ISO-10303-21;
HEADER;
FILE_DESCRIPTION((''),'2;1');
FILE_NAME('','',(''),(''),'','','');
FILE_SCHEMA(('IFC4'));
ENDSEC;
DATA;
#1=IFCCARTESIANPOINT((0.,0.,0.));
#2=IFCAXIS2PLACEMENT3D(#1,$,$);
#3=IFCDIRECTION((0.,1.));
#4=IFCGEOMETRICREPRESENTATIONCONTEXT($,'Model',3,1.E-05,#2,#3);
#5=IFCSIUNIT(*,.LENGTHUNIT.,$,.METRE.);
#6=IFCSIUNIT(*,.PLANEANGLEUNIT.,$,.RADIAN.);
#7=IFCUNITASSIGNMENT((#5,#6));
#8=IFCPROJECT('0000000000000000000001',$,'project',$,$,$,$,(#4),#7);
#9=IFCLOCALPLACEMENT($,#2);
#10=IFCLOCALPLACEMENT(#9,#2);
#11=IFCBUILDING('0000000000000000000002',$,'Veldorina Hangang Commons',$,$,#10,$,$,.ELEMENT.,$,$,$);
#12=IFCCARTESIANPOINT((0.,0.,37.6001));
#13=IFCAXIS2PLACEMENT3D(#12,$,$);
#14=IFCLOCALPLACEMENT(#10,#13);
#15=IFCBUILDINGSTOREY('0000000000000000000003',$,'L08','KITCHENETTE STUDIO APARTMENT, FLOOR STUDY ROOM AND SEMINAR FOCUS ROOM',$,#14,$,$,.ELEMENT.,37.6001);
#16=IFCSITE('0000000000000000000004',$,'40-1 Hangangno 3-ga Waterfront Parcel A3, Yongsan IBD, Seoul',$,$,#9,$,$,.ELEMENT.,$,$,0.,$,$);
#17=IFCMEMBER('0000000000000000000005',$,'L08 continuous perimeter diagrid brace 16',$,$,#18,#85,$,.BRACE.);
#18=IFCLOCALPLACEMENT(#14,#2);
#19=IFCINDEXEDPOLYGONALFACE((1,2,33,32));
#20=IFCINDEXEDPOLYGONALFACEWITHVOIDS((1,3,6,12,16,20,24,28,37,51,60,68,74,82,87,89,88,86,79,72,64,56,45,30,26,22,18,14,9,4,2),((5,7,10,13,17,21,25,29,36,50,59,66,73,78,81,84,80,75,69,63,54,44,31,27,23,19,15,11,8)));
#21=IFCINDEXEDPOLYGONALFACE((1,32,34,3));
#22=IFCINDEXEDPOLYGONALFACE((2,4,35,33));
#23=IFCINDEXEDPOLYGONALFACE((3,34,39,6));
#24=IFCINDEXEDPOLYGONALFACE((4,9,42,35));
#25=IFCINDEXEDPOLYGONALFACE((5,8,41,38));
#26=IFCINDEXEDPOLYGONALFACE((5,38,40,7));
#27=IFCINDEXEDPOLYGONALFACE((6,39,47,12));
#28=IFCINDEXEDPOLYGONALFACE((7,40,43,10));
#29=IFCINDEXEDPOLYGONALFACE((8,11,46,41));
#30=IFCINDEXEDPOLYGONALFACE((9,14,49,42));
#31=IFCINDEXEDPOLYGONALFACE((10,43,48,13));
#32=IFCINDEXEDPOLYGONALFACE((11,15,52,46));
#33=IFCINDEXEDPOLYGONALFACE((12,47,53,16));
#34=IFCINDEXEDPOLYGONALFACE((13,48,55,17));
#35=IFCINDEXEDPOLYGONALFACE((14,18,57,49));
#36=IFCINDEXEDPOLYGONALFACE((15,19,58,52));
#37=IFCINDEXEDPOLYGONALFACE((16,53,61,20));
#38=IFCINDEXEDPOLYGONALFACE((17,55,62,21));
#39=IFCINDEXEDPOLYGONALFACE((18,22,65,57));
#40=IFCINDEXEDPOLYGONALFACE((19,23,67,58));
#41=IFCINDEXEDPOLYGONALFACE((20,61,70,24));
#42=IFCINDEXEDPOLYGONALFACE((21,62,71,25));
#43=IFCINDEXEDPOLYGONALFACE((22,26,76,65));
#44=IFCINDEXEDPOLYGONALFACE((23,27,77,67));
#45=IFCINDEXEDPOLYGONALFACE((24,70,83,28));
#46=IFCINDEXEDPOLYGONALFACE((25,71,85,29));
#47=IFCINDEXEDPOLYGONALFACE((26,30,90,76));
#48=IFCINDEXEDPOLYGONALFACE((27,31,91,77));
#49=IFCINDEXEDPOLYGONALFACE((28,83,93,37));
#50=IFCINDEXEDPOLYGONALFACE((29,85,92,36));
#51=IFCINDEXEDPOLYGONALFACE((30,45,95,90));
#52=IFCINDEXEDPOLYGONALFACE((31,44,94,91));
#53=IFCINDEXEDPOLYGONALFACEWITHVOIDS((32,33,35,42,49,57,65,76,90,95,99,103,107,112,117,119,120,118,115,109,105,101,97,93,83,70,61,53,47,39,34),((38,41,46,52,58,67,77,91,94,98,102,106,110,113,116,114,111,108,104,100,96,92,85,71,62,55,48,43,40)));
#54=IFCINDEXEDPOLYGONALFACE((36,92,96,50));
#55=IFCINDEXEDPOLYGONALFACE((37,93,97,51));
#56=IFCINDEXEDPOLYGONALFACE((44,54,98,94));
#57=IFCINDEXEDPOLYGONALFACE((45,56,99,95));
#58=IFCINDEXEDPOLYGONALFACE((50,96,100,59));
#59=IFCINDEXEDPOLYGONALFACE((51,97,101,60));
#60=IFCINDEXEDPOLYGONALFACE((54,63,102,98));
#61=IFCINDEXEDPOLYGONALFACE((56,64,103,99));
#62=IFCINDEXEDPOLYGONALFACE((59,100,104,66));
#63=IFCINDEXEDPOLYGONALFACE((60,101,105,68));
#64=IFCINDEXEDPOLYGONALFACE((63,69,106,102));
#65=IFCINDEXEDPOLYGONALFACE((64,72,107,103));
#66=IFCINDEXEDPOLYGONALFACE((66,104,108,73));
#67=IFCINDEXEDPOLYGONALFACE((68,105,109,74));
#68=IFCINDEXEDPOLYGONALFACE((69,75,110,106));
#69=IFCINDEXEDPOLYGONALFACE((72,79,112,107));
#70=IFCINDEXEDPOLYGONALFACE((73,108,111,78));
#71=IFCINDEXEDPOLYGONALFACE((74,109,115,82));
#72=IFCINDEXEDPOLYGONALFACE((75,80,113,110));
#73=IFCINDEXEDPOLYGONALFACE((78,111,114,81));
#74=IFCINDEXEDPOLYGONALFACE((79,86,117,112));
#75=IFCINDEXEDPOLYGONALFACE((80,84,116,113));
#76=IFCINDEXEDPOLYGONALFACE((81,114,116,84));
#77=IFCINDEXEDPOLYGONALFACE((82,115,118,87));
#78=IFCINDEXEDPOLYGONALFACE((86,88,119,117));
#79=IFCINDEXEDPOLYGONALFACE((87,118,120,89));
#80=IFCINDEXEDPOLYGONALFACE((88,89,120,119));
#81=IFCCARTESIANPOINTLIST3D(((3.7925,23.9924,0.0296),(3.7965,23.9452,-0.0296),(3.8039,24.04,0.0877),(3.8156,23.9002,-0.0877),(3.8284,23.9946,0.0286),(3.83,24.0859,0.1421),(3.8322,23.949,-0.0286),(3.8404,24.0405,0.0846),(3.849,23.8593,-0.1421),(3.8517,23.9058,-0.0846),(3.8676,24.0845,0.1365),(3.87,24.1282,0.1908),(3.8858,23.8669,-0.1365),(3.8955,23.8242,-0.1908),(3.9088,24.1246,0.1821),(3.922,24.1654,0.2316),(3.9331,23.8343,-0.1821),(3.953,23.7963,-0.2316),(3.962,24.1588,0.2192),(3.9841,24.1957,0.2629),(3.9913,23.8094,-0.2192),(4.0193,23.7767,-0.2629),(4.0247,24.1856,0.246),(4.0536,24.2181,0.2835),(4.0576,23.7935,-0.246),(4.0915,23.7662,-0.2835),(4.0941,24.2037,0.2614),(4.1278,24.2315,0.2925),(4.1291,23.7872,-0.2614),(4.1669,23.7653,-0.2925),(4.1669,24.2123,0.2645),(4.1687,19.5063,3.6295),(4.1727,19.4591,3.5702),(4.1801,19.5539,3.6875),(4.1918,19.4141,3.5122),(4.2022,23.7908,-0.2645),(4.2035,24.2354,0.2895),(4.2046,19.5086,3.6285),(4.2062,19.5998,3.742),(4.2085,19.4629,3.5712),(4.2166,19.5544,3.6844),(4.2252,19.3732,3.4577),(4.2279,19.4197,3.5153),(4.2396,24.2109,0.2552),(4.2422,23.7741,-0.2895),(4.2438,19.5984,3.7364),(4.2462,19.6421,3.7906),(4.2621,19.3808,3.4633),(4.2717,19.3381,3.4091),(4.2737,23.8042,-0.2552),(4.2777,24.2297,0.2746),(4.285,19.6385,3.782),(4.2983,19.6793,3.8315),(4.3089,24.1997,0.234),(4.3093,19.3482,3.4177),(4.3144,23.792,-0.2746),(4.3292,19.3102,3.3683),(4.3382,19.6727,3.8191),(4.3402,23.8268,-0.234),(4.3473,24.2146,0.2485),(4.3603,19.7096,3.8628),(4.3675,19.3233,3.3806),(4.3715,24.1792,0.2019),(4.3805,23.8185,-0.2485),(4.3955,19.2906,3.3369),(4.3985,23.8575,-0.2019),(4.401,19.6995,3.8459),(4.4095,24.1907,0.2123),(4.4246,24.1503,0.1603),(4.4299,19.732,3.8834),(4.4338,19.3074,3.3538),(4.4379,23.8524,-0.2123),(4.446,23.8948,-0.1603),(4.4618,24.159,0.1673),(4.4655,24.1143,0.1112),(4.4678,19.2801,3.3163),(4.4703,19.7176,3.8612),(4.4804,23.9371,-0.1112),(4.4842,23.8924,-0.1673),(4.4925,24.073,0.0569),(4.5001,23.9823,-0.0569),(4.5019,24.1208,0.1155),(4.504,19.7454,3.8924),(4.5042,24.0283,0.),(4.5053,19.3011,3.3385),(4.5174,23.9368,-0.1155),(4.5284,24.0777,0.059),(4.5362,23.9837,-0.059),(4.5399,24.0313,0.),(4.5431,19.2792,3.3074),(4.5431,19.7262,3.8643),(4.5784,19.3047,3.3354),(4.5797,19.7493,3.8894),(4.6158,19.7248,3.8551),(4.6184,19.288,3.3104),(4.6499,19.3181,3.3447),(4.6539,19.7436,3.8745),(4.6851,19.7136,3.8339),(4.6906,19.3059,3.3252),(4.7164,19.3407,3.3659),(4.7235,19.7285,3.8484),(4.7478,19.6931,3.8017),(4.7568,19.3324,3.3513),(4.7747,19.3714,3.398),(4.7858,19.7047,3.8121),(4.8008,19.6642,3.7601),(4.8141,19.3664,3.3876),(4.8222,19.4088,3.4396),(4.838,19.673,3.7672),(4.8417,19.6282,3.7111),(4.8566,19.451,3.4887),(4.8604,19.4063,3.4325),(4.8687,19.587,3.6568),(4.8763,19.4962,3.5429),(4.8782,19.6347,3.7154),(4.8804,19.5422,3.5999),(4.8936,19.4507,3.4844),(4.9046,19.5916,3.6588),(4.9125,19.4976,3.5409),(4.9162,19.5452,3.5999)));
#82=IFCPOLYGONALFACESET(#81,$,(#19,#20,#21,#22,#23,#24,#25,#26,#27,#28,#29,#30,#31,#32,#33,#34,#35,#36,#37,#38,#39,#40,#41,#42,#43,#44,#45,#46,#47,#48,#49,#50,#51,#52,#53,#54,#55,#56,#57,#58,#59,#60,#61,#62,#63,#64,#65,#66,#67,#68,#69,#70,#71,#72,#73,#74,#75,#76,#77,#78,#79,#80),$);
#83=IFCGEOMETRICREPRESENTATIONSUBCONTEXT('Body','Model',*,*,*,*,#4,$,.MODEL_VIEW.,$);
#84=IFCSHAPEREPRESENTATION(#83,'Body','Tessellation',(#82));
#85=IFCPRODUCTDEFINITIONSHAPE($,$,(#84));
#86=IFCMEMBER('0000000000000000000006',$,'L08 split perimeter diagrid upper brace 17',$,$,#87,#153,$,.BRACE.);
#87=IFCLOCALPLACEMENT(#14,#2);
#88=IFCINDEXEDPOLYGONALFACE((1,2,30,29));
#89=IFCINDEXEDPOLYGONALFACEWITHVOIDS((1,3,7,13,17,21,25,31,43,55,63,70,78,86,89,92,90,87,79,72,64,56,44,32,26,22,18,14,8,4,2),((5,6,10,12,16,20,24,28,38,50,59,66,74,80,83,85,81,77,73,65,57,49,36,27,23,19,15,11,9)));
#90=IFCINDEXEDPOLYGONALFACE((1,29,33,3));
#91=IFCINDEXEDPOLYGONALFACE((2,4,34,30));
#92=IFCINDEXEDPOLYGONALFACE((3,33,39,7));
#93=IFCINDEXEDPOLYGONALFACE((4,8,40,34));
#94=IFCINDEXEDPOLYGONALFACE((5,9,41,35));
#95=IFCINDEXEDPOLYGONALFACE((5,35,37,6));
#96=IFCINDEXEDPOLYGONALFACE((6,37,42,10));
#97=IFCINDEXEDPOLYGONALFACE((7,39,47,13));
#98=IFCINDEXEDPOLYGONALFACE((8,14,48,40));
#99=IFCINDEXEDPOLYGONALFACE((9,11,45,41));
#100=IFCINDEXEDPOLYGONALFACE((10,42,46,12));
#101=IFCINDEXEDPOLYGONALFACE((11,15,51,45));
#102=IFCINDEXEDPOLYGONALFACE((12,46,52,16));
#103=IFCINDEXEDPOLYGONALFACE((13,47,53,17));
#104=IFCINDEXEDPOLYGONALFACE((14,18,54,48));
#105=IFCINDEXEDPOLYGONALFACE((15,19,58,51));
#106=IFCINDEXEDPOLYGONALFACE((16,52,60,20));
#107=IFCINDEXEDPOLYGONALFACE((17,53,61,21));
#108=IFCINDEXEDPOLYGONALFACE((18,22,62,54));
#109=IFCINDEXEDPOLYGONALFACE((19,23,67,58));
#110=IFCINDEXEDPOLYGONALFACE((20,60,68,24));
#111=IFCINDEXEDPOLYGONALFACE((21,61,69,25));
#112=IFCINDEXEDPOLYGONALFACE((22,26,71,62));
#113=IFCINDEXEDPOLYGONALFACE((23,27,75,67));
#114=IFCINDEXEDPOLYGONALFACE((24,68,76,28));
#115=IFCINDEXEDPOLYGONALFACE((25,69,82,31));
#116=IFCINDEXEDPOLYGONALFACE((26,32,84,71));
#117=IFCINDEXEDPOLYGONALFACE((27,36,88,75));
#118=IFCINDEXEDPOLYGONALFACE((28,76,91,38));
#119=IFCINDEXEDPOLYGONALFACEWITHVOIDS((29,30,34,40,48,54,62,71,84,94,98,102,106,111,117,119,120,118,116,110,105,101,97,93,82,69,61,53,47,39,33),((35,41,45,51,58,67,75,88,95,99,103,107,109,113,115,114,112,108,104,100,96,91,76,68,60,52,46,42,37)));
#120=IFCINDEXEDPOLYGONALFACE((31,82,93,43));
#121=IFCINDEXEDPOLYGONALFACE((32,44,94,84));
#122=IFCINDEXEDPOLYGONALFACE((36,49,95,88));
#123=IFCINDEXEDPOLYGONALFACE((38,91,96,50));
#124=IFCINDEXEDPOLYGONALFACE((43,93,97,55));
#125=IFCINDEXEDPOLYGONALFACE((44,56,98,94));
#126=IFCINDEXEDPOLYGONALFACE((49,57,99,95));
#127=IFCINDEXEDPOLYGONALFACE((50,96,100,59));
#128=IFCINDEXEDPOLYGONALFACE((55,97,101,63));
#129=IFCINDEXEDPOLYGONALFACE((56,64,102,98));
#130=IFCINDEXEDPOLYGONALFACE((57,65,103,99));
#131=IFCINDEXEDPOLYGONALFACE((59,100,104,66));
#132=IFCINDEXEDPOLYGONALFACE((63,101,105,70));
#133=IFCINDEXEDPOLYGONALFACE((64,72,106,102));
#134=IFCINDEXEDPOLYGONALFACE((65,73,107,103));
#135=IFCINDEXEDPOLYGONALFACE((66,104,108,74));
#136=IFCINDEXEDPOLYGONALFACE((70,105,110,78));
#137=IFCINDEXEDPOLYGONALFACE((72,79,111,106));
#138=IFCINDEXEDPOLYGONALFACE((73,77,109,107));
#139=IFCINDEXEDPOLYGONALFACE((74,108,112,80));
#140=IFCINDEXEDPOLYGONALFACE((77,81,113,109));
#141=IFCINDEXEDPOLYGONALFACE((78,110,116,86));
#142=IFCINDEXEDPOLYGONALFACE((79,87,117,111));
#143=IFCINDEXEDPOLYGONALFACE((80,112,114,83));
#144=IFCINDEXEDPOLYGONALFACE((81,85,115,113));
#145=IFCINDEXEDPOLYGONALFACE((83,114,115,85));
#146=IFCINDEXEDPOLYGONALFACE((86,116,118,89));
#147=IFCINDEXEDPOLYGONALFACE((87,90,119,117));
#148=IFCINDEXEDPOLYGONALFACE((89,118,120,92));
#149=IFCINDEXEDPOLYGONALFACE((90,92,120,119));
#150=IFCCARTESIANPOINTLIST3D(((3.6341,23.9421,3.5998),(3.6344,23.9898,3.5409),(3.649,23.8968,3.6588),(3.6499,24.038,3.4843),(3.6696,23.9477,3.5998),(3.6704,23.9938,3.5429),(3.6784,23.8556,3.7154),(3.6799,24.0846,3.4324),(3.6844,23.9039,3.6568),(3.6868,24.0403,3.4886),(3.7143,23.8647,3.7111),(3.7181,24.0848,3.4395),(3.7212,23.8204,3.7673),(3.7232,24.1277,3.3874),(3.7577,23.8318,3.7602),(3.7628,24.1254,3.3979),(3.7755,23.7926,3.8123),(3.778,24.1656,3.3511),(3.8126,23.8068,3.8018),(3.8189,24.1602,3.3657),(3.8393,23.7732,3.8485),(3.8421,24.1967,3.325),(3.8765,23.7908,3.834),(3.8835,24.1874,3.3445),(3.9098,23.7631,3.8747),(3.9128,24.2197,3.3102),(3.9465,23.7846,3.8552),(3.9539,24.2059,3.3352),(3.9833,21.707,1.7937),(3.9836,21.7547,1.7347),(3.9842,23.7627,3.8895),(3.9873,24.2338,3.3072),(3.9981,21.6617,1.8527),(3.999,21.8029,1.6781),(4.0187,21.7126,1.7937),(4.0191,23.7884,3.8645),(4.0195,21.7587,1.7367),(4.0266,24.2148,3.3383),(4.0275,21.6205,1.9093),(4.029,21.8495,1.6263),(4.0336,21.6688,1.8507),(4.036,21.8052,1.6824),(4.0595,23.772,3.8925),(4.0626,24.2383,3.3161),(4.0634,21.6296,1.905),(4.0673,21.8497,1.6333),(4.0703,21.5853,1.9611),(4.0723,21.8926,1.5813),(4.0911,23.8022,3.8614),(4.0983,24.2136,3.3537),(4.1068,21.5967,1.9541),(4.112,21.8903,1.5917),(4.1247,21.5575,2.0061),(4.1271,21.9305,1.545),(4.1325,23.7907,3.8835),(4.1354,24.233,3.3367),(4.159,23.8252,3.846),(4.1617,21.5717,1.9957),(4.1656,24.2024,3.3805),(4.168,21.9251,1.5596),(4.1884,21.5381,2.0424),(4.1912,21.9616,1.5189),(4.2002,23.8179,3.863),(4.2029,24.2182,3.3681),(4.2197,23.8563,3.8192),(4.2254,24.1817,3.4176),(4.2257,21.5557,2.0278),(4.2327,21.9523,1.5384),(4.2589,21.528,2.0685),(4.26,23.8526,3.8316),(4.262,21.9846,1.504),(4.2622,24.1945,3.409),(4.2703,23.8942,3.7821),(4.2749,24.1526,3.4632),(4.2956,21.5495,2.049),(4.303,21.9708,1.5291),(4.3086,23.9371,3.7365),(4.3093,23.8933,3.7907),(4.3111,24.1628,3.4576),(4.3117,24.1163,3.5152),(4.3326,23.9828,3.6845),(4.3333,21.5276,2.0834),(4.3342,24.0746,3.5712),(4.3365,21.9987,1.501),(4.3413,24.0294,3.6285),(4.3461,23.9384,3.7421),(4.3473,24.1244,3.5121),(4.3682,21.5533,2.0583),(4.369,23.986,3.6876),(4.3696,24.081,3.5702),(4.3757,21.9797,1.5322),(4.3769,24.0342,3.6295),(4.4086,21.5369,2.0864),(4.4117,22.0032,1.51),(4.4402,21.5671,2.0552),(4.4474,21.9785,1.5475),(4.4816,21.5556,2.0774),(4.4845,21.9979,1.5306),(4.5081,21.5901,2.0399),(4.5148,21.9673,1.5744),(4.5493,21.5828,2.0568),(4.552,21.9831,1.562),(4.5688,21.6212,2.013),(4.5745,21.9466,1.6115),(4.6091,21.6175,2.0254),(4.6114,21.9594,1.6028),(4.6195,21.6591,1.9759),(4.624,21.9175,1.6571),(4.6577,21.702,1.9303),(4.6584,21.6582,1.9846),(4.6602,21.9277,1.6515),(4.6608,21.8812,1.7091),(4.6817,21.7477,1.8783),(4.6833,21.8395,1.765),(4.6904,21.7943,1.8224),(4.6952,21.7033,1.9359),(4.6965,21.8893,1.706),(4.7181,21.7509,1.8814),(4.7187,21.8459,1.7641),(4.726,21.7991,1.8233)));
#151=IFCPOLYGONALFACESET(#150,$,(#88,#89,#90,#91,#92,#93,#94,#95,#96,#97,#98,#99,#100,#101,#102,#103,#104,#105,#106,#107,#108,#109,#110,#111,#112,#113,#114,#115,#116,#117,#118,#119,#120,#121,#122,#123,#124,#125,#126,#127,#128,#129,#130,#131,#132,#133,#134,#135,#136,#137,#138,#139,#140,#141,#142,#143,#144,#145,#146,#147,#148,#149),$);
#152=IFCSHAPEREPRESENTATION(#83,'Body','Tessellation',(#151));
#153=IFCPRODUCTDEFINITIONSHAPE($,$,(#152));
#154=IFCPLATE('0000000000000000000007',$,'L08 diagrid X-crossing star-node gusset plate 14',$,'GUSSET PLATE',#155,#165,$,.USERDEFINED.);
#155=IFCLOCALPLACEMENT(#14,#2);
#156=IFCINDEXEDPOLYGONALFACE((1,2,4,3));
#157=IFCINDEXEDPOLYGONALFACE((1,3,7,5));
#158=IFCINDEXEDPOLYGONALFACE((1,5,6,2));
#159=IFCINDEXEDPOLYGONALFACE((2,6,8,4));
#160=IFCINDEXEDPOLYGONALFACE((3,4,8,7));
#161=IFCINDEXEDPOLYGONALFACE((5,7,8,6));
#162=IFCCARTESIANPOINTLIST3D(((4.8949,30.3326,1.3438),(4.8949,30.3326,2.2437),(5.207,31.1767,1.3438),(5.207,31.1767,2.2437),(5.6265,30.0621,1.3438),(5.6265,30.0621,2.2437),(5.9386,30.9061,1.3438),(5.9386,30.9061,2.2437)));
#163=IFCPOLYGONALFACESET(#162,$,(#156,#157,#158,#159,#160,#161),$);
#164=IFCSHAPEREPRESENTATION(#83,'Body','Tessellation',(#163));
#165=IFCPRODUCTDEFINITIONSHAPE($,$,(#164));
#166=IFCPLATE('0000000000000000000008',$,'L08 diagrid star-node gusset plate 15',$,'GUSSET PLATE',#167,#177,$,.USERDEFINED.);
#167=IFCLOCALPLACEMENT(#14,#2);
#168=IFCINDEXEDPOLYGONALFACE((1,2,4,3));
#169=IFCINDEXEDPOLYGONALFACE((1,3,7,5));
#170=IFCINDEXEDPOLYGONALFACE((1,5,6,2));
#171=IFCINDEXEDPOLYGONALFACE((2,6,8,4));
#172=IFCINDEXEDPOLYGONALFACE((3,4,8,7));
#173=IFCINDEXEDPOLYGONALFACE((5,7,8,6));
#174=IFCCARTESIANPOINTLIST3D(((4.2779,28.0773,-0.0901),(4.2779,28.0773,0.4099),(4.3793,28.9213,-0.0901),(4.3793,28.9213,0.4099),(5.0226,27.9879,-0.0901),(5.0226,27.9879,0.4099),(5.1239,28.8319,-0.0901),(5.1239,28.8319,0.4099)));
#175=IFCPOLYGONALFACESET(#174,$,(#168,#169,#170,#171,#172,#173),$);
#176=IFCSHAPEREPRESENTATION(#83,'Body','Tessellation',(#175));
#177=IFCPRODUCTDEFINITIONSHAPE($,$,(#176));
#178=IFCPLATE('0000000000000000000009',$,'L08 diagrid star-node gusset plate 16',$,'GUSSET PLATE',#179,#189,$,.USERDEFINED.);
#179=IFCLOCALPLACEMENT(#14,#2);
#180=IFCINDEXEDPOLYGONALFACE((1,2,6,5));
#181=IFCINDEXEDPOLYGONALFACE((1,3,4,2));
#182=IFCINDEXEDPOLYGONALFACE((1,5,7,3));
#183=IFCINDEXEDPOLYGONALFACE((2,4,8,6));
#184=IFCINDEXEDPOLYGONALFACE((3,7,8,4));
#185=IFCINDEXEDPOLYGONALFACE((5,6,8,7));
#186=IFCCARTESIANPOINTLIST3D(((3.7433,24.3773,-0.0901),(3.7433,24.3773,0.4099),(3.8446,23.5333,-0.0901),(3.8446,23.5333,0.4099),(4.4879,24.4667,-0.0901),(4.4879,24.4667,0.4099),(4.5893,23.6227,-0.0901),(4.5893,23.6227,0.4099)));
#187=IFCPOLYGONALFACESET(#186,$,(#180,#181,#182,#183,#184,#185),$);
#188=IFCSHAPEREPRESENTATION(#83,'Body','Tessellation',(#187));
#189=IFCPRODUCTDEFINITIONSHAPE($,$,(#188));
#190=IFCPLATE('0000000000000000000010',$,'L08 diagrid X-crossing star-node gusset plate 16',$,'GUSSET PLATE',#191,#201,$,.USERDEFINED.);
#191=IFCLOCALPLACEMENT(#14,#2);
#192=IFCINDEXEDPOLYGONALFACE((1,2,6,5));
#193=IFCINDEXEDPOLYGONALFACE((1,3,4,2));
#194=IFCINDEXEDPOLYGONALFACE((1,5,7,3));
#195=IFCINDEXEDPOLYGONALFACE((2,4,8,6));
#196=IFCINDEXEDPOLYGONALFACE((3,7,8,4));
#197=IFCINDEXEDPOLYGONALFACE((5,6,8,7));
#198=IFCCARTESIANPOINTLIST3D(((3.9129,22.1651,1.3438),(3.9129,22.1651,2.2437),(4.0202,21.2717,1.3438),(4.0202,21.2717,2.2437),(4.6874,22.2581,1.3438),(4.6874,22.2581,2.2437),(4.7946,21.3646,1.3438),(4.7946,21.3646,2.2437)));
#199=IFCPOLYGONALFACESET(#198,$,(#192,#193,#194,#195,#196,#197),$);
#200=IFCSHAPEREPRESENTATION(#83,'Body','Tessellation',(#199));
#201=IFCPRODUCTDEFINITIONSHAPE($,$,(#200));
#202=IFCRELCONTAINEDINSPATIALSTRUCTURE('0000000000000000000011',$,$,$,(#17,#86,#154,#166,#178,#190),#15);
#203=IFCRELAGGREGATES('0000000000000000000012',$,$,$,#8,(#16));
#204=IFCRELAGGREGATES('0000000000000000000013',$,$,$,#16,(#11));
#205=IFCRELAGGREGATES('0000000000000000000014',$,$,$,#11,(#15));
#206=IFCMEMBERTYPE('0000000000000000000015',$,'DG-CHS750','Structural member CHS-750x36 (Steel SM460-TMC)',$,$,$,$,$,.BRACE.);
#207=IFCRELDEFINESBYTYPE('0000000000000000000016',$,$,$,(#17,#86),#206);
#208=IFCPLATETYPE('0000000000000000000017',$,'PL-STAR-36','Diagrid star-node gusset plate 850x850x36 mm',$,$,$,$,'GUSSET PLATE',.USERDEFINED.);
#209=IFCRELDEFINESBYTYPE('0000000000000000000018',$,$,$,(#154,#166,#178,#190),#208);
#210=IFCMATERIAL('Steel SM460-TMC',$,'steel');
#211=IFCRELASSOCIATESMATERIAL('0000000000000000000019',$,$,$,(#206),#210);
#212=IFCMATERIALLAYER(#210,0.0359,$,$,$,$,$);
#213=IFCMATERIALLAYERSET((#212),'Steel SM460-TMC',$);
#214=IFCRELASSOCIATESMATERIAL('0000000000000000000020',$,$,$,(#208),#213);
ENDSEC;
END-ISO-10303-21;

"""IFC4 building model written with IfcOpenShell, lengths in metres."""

from ifc_helpers import new_model, si_unit, direction, frame, origin, origin_2d, place, context, subcontext, project, spatial, rectangle, hollow_circle, extrude, material, layer, layer_set, material_profile, profile_set, type_object, element, save


model = new_model("IFC4")

# Units and contexts
model_context = context("Model", 3, precision=1e-05, world=origin(), true_north=direction((0.0, 1.0)))
body_context = subcontext(model_context, "Body", "Model", "MODEL_VIEW")
ifc_project = project(units=[si_unit("LENGTHUNIT", "METRE"), si_unit("PLANEANGLEUNIT", "RADIAN")], contexts=[model_context])

# Site, building, storey
site_placement = place(None, origin())
site = spatial("IfcSite", under=ifc_project, at=site_placement, Name="40-1 Hangangno 3-ga Waterfront Parcel A3, Yongsan IBD, Seoul", CompositionType="ELEMENT", RefElevation=0.0)
building_placement = place(site_placement, origin())
building = spatial("IfcBuilding", under=site, at=building_placement, Name="Veldorina Hangang Commons", CompositionType="ELEMENT")
storey_placement = place(building_placement, frame((0.0, 0.0, 37.6001)))
storey = spatial("IfcBuildingStorey", under=building, at=storey_placement, Name="L08", Description="KITCHENETTE STUDIO APARTMENT, FLOOR STUDY ROOM AND SEMINAR FOCUS ROOM", CompositionType="ELEMENT", Elevation=37.6001)

# Shared definitions
ifc_material_1 = material(Name="Steel SM460-TMC", Category="steel")

# Members
ifc_material_profile_1 = material_profile(ifc_material_1, hollow_circle(Radius=0.375, WallThickness=0.0359, at=origin_2d()), Name="CHS-750x36")
ifc_profile_set_1 = profile_set([ifc_material_profile_1], Name="Steel SM460-TMC")
member_type = type_object("IfcMemberType", Name="DG-CHS750", Description="Structural member CHS-750x36 (Steel SM460-TMC)", PredefinedType="BRACE", material=ifc_profile_set_1)
member_1_placement = place(storey_placement, frame((4.1663, 24.0, 0.0), z_axis=(0.065269, -0.778273, 0.624524), x_axis=(0.996502, 0.083571, 0.0)))
element("IfcMember", 1, at=member_1_placement, inside=storey, type_object=member_type, Name="L08 continuous perimeter diagrid brace 16", PredefinedType="BRACE", context=body_context, shape_type="SweptSolid", body=[
    extrude(hollow_circle(Radius=0.375, WallThickness=0.0359, at=origin_2d()), origin(), (0.0, 0.0, 1.0), 5.7642),
])
member_2_placement = place(storey_placement, frame((4.3538, 21.7649, 1.7937), z_axis=(-0.120603, 0.772115, 0.623933), x_axis=(-0.98802, -0.154327, 0.0)))
element("IfcMember", 2, at=member_2_placement, inside=storey, type_object=member_type, Name="L08 split perimeter diagrid upper brace 17", PredefinedType="BRACE", context=body_context, shape_type="SweptSolid", body=[
    extrude(hollow_circle(Radius=0.375, WallThickness=0.0359, at=origin_2d()), origin(), (0.0, 0.0, 1.0), 2.8948),
])

# Plates
ifc_layer_1 = layer(ifc_material_1, 0.0359)
ifc_layer_set_1 = layer_set([ifc_layer_1], Name="Steel SM460-TMC")
plate_type = type_object("IfcPlateType", Name="PL-STAR-36", Description="Diagrid star-node gusset plate 850x850x36 mm", ElementType="GUSSET PLATE", PredefinedType="USERDEFINED", material=ifc_layer_set_1)
plate_1_placement = place(storey_placement, frame((5.4167, 30.6194, 1.3438), z_axis=(0.0, 0.0, 1.0), x_axis=(-0.346821, -0.937931, 0.0)))
element("IfcPlate", 3, at=plate_1_placement, inside=storey, type_object=plate_type, Name="L08 diagrid X-crossing star-node gusset plate 14", ObjectType="GUSSET PLATE", PredefinedType="USERDEFINED", context=body_context, shape_type="SweptSolid", body=[
    extrude(rectangle(XDim=0.8999, YDim=0.78, at=origin_2d()), origin(), (0.0, 0.0, 1.0), 0.8999),
])
for number, where, z_axis, x_axis, name in (
    (4, (4.7009, 28.4546, -0.0901), (0.0, 0.0, 1.0), (-0.119201, -0.99287, 0.0), "L08 diagrid star-node gusset plate 15"),
    (5, (4.1663, 24.0, -0.0901), (0.0, 0.0, 1.0), (0.119201, -0.99287, 0.0), "L08 diagrid star-node gusset plate 16"),
):
    element("IfcPlate", number, at=place(storey_placement, frame(where, z_axis=z_axis, x_axis=x_axis)), inside=storey, type_object=plate_type, Name=name, ObjectType="GUSSET PLATE", PredefinedType="USERDEFINED", context=body_context, shape_type="SweptSolid", body=[
        extrude(rectangle(XDim=0.8501, YDim=0.75, at=origin_2d()), origin(), (0.0, 0.0, 1.0), 0.5),
    ])
plate_2_placement = place(storey_placement, frame((4.3538, 21.7649, 1.3438), z_axis=(0.0, 0.0, 1.0), x_axis=(0.119201, -0.99287, 0.0)))
element("IfcPlate", 6, at=plate_2_placement, inside=storey, type_object=plate_type, Name="L08 diagrid X-crossing star-node gusset plate 16", ObjectType="GUSSET PLATE", PredefinedType="USERDEFINED", context=body_context, shape_type="SweptSolid", body=[
    extrude(rectangle(XDim=0.8999, YDim=0.78, at=origin_2d()), origin(), (0.0, 0.0, 1.0), 0.8999),
])

save(model, "model.ifc")
